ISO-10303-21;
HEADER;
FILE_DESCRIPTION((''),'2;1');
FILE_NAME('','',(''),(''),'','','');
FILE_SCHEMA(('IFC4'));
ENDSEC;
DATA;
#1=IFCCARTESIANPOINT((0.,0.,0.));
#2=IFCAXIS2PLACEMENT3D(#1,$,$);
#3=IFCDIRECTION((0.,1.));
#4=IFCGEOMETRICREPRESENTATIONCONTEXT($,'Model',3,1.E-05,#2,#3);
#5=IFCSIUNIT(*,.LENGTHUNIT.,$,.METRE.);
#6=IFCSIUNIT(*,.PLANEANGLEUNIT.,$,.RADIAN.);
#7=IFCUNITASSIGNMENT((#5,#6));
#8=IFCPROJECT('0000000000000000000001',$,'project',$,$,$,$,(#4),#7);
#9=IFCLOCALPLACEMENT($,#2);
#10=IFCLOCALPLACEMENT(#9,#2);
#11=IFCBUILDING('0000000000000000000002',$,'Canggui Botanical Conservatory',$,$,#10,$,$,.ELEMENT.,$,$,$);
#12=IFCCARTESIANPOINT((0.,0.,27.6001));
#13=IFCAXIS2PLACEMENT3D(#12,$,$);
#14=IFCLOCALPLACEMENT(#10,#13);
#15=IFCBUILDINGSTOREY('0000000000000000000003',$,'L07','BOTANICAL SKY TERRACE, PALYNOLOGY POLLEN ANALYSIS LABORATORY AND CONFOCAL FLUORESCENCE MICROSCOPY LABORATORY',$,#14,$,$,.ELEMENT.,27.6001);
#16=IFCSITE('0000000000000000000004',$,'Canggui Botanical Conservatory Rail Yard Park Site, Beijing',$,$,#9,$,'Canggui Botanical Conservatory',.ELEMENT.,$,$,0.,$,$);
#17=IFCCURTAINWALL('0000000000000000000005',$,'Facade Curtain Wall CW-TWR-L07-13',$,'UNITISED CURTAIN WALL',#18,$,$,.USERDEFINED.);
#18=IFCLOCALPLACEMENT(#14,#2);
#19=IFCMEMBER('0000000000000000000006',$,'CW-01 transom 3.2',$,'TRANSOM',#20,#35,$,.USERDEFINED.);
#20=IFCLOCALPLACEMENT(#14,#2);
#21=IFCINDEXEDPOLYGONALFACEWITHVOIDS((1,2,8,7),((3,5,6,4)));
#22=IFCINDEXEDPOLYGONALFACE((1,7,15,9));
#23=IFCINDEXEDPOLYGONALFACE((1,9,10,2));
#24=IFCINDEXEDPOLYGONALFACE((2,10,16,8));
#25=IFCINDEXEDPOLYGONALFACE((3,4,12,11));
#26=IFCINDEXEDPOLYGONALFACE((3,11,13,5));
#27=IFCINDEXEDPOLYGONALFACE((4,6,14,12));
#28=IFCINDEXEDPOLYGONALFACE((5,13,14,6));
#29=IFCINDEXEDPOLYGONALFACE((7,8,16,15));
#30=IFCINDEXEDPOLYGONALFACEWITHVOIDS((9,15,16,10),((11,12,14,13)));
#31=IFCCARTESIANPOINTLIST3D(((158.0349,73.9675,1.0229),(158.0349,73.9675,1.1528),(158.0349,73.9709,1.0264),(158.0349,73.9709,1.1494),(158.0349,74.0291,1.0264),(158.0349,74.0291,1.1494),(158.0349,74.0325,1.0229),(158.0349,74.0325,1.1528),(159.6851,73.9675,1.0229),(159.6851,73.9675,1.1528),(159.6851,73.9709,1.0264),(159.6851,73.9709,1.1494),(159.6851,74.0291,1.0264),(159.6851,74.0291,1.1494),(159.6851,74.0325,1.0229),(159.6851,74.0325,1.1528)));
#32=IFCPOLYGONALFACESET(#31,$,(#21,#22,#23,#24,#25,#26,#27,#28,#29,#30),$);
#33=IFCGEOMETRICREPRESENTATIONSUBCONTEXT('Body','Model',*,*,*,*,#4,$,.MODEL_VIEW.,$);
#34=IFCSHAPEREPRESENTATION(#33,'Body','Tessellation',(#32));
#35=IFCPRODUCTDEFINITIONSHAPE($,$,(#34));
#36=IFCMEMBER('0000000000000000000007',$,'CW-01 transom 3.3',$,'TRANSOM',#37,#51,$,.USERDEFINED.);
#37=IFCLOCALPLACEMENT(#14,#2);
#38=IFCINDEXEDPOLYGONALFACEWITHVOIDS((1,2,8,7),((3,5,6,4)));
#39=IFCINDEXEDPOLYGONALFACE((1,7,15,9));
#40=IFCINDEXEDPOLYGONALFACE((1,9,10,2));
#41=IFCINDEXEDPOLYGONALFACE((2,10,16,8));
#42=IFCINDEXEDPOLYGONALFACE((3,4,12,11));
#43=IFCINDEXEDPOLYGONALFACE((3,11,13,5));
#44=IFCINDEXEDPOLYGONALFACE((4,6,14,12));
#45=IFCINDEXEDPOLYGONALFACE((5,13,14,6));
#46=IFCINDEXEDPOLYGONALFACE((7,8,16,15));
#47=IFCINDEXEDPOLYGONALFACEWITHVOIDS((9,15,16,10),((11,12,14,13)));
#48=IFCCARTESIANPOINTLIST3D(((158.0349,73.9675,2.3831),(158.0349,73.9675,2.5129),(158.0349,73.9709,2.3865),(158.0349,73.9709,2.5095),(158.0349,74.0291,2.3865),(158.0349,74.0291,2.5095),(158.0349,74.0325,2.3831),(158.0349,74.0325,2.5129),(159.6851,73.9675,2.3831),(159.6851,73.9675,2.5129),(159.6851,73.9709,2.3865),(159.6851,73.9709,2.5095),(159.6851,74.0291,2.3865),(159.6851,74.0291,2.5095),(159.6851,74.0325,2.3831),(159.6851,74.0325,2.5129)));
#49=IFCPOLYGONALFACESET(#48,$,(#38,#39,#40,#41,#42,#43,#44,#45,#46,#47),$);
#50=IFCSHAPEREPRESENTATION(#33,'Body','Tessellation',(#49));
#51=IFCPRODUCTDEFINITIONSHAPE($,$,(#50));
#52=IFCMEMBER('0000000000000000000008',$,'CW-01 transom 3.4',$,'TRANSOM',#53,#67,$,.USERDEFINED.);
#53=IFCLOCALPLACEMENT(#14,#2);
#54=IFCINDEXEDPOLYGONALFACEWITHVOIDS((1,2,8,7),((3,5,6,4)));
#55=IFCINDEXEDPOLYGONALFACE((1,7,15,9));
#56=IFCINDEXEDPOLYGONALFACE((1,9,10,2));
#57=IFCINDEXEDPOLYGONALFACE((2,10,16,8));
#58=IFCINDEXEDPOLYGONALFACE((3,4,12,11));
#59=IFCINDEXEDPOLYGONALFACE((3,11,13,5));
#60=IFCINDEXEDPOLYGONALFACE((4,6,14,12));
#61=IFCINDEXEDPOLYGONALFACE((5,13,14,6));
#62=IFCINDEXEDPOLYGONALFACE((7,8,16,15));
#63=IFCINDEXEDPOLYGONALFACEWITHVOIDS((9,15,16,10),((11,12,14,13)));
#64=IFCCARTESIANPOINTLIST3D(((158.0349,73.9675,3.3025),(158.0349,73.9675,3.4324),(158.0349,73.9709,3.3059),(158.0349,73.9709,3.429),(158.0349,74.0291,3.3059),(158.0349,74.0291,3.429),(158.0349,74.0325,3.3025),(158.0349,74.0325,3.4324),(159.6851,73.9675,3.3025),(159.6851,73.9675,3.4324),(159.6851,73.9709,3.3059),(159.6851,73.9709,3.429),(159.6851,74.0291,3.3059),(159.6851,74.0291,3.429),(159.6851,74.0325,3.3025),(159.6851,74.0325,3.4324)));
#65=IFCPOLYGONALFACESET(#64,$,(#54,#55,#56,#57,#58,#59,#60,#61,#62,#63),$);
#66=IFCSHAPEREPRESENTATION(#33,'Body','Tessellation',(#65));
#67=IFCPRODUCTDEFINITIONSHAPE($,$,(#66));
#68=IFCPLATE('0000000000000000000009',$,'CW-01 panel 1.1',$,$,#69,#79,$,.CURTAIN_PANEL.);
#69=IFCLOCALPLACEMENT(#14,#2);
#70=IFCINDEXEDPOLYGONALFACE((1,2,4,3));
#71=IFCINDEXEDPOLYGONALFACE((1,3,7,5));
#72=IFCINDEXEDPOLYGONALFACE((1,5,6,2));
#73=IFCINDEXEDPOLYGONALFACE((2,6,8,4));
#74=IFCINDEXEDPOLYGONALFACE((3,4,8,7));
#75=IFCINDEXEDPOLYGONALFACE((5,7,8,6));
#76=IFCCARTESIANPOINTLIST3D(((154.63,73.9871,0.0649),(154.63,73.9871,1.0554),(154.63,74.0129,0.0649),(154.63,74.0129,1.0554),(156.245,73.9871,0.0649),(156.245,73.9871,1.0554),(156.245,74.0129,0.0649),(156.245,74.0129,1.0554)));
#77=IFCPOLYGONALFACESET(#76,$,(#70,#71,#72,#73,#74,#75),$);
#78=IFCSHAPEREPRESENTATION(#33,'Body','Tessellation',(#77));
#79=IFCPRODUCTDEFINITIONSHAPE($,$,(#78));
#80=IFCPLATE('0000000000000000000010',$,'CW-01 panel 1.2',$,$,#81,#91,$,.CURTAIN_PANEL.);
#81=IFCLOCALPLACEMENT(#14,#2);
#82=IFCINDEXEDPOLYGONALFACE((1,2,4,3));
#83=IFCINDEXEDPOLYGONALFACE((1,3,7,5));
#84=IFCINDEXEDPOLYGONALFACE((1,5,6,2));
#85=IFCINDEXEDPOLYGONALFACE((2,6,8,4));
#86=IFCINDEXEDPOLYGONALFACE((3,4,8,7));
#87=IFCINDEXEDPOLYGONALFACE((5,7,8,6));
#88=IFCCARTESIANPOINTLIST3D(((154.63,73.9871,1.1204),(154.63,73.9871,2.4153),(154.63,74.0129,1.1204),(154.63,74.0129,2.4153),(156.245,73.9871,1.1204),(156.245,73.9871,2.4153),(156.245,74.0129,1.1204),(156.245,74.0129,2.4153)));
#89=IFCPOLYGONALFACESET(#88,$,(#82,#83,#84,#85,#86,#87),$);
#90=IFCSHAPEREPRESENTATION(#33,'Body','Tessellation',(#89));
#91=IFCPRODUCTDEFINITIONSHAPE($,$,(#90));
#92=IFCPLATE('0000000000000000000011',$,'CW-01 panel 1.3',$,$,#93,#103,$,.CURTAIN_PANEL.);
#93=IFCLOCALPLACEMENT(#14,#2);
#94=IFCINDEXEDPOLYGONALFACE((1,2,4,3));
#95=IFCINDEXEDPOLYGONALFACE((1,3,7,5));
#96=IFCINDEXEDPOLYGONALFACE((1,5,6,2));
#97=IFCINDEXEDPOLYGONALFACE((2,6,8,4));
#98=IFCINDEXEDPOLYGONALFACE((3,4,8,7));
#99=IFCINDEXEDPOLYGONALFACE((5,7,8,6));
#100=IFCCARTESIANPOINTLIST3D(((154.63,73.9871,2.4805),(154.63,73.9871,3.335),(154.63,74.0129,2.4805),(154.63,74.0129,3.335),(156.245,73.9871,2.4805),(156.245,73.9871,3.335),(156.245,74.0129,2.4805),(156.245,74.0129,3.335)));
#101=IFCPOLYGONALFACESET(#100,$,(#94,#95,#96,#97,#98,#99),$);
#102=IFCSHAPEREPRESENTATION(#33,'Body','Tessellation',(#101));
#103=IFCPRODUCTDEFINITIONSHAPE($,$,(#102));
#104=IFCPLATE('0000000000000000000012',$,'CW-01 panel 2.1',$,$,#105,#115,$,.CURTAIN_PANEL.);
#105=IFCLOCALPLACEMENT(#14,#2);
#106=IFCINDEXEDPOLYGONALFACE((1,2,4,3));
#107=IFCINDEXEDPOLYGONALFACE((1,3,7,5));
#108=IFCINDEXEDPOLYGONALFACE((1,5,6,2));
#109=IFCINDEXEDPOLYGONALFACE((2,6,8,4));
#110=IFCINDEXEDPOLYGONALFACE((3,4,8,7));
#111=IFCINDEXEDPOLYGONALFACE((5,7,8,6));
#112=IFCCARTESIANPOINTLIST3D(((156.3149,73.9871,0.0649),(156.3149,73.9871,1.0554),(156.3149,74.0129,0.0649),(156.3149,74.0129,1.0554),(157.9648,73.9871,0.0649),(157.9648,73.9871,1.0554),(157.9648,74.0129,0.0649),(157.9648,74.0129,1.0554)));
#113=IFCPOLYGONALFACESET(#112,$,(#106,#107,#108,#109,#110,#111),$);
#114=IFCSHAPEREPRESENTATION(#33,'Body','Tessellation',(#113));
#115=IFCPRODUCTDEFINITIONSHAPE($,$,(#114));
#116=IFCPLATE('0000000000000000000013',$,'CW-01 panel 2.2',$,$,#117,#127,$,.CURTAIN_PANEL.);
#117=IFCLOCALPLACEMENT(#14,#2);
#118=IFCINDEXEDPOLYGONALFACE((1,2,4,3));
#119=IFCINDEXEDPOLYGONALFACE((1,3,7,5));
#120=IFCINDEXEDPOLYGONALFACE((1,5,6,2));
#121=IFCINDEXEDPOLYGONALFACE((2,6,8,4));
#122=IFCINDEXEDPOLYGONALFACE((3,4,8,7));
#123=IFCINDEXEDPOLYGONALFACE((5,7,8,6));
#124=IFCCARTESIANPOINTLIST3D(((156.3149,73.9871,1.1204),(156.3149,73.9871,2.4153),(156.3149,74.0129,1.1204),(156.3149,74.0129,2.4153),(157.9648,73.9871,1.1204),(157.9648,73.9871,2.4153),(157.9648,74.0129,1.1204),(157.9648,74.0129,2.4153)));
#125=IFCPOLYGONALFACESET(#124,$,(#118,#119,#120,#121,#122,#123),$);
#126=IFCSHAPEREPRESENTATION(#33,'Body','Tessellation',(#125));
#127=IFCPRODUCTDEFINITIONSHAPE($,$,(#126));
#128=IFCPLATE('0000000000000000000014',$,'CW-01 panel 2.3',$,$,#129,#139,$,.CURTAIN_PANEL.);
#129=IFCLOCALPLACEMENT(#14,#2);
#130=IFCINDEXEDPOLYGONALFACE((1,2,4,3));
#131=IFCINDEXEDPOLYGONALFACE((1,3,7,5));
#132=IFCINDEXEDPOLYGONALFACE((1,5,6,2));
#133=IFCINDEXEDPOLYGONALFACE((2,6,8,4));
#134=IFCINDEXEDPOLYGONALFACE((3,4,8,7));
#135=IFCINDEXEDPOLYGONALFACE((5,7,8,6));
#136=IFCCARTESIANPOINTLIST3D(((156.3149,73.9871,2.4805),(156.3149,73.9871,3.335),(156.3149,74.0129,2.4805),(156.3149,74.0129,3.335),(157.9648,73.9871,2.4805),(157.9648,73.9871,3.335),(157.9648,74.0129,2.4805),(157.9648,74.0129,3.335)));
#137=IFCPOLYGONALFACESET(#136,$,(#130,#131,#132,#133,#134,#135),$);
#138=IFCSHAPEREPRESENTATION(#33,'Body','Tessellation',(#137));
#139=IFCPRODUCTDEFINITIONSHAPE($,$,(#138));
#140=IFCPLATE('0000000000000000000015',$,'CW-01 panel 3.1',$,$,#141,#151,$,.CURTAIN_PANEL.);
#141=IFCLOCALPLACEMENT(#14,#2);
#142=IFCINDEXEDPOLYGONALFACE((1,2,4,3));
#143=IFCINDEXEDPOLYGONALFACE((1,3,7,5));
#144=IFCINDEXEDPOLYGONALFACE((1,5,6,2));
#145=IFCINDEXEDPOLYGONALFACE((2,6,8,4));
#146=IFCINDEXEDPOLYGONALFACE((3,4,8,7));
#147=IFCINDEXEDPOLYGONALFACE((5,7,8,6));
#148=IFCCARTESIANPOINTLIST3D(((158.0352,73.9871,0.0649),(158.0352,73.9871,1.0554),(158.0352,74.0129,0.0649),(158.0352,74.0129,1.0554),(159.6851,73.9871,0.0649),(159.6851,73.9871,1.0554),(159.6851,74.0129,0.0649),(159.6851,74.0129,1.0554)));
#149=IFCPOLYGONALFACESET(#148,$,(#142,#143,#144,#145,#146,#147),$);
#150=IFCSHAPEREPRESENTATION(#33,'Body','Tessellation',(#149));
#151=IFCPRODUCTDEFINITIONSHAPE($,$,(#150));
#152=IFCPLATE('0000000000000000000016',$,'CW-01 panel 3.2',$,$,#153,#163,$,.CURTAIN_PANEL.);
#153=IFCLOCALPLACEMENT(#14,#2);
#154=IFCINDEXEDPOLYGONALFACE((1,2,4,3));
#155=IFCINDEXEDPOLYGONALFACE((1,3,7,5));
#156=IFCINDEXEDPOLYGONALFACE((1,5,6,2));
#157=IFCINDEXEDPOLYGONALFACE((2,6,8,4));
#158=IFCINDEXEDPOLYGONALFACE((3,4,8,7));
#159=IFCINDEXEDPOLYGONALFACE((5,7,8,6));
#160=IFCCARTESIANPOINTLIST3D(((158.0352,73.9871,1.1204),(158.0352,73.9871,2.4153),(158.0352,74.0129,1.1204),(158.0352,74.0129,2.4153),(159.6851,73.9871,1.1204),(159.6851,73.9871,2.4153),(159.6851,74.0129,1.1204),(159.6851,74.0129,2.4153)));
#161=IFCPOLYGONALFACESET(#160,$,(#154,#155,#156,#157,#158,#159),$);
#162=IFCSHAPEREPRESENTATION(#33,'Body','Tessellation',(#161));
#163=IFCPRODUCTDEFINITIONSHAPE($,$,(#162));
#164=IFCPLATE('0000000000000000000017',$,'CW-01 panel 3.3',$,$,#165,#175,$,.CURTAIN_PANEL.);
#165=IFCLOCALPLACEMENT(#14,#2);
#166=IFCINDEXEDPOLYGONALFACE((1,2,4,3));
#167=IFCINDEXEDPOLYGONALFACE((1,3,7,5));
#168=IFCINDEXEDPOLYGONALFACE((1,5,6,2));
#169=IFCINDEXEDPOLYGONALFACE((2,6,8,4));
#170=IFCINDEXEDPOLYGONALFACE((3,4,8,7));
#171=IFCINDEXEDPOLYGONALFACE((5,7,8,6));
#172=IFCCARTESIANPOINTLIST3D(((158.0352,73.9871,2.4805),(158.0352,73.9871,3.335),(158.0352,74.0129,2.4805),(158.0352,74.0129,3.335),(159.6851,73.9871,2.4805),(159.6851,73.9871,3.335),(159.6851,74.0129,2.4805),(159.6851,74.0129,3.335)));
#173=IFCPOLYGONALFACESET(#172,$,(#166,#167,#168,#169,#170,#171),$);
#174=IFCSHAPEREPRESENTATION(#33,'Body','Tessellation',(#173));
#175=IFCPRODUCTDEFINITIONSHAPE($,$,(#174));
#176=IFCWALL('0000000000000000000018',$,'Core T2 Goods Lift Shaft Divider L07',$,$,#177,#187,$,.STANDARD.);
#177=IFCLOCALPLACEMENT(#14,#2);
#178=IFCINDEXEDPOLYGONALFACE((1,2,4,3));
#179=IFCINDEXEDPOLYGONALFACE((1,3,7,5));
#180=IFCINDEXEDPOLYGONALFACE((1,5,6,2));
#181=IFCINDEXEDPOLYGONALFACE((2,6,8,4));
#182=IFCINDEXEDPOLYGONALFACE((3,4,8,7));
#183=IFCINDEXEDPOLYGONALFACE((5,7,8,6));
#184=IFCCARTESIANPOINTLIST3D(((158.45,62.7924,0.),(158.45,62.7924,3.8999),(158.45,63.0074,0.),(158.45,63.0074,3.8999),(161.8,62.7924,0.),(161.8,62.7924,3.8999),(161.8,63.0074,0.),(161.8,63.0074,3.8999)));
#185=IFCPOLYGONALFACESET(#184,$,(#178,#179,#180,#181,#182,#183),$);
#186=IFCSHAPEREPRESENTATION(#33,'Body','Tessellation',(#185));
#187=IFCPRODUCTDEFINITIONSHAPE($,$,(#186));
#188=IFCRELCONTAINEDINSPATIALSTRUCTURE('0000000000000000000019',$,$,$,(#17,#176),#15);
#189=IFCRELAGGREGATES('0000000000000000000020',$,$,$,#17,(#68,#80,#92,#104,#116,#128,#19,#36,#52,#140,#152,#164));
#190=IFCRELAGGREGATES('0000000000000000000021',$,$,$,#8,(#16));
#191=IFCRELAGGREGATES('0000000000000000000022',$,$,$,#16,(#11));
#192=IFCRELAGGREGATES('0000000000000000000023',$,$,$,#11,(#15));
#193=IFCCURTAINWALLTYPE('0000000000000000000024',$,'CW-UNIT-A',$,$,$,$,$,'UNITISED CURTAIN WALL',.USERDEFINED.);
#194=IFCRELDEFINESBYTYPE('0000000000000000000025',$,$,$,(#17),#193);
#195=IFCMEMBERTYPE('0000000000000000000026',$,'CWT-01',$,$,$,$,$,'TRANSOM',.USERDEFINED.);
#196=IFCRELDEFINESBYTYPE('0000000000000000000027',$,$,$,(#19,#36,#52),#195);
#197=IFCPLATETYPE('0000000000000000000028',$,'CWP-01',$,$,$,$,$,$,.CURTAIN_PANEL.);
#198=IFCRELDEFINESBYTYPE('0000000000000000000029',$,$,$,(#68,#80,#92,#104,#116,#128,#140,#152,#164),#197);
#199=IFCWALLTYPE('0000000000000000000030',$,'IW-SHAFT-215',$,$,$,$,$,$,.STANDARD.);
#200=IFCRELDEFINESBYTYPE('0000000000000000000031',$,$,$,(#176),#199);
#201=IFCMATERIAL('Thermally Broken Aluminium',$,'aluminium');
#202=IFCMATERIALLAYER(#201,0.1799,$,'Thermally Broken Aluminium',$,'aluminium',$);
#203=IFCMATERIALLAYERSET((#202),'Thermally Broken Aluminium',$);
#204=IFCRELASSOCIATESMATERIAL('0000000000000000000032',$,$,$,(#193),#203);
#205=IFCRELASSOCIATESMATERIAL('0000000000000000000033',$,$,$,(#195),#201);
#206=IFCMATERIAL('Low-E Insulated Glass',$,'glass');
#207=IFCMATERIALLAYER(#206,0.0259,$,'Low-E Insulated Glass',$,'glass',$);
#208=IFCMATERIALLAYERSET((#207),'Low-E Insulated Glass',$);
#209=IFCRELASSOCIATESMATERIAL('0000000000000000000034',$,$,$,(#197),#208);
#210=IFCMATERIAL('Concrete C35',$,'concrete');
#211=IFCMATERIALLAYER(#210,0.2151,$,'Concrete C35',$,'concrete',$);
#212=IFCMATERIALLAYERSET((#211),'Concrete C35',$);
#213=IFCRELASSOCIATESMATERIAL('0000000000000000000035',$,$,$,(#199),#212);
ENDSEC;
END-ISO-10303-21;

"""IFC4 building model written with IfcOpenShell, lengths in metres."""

from ifc_helpers import new_model, si_unit, direction, frame, frame_2d, origin, origin_2d, place, context, subcontext, project, spatial, rectangle, hollow_rectangle, extrude, material, layer, layer_set, material_profile, profile_set, type_object, element, aggregate, save


model = new_model("IFC4")

# Units and contexts
model_context = context("Model", 3, precision=1e-05, world=origin(), true_north=direction((0.0, 1.0)))
body_context = subcontext(model_context, "Body", "Model", "MODEL_VIEW")
ifc_project = project(units=[si_unit("LENGTHUNIT", "METRE"), si_unit("PLANEANGLEUNIT", "RADIAN")], contexts=[model_context])

# Site, building, storey
site_placement = place(None, origin())
site = spatial("IfcSite", under=ifc_project, at=site_placement, Name="Canggui Botanical Conservatory Rail Yard Park Site, Beijing", LongName="Canggui Botanical Conservatory", CompositionType="ELEMENT", RefElevation=0.0)
building_placement = place(site_placement, origin())
building = spatial("IfcBuilding", under=site, at=building_placement, Name="Canggui Botanical Conservatory", CompositionType="ELEMENT")
storey_placement = place(building_placement, frame((0.0, 0.0, 27.6001)))
storey = spatial("IfcBuildingStorey", under=building, at=storey_placement, Name="L07", Description="BOTANICAL SKY TERRACE, PALYNOLOGY POLLEN ANALYSIS LABORATORY AND CONFOCAL FLUORESCENCE MICROSCOPY LABORATORY", CompositionType="ELEMENT", Elevation=27.6001)

# Curtain wall, members, plates
ifc_material_1 = material(Name="Thermally Broken Aluminium", Category="aluminium")
ifc_layer_1 = layer(ifc_material_1, 0.1799, Name="Thermally Broken Aluminium", Category="aluminium")
ifc_layer_set_1 = layer_set([ifc_layer_1], Name="Thermally Broken Aluminium")
curtain_wall_type = type_object("IfcCurtainWallType", Name="CW-UNIT-A", ElementType="UNITISED CURTAIN WALL", PredefinedType="USERDEFINED", material=ifc_layer_set_1)
curtain_wall_placement = place(storey_placement, origin())
curtain_wall = element("IfcCurtainWall", 1, at=curtain_wall_placement, inside=storey, type_object=curtain_wall_type, Name="Facade Curtain Wall CW-TWR-L07-13", ObjectType="UNITISED CURTAIN WALL", PredefinedType="USERDEFINED")
ifc_material_profile_1 = material_profile(ifc_material_1, hollow_rectangle(XDim=0.0649, YDim=0.1299, WallThickness=0.0034, at=origin_2d()), Name="CWT 65x130x3.5")
ifc_profile_set_1 = profile_set([ifc_material_profile_1], Name="Thermally Broken Aluminium")
member_type_1 = type_object("IfcMemberType", Name="CWT-01", ElementType="TRANSOM", PredefinedType="USERDEFINED", material=ifc_profile_set_1)
member_1_placement = place(storey_placement, frame((158.0349, 74.0, 1.0879), z_axis=(1.0, 0.0, 0.0), x_axis=(0.0, 1.0, 0.0)))
member_1 = element("IfcMember", 2, at=member_1_placement, type_object=member_type_1, Name="CW-01 transom 3.2", ObjectType="TRANSOM", PredefinedType="USERDEFINED", context=body_context, shape_type="SweptSolid", body=[
    extrude(hollow_rectangle(XDim=0.0649, YDim=0.1299, WallThickness=0.0034, at=origin_2d()), origin(), (0.0, 0.0, 1.0), 1.6501),
])
member_2_placement = place(storey_placement, frame((158.0349, 74.0, 2.448), z_axis=(1.0, 0.0, 0.0), x_axis=(0.0, 1.0, 0.0)))
member_2 = element("IfcMember", 3, at=member_2_placement, type_object=member_type_1, Name="CW-01 transom 3.3", ObjectType="TRANSOM", PredefinedType="USERDEFINED", context=body_context, shape_type="SweptSolid", body=[
    extrude(hollow_rectangle(XDim=0.0649, YDim=0.1299, WallThickness=0.0034, at=origin_2d()), origin(), (0.0, 0.0, 1.0), 1.6501),
])
member_3_placement = place(storey_placement, frame((158.0349, 74.0, 3.3674), z_axis=(1.0, 0.0, 0.0), x_axis=(0.0, 1.0, 0.0)))
member_3 = element("IfcMember", 4, at=member_3_placement, type_object=member_type_1, Name="CW-01 transom 3.4", ObjectType="TRANSOM", PredefinedType="USERDEFINED", context=body_context, shape_type="SweptSolid", body=[
    extrude(hollow_rectangle(XDim=0.0649, YDim=0.1299, WallThickness=0.0034, at=origin_2d()), origin(), (0.0, 0.0, 1.0), 1.6501),
])
ifc_material_2 = material(Name="Low-E Insulated Glass", Category="glass")
ifc_layer_2 = layer(ifc_material_2, 0.0259, Name="Low-E Insulated Glass", Category="glass")
ifc_layer_set_2 = layer_set([ifc_layer_2], Name="Low-E Insulated Glass")
plate_type = type_object("IfcPlateType", Name="CWP-01", PredefinedType="CURTAIN_PANEL", material=ifc_layer_set_2)
plate_1_placement = place(storey_placement, frame((155.4375, 74.0, 0.0649), z_axis=(0.0, 0.0, 1.0), x_axis=(1.0, 0.0, 0.0)))
plate_1 = element("IfcPlate", 5, at=plate_1_placement, type_object=plate_type, Name="CW-01 panel 1.1", PredefinedType="CURTAIN_PANEL", context=body_context, shape_type="SweptSolid", body=[
    extrude(rectangle(XDim=1.615, YDim=0.0259, at=origin_2d()), origin(), (0.0, 0.0, 1.0), 0.9905),
])
plate_2_placement = place(storey_placement, frame((155.4375, 74.0, 1.1204), z_axis=(0.0, 0.0, 1.0), x_axis=(1.0, 0.0, 0.0)))
plate_2 = element("IfcPlate", 6, at=plate_2_placement, type_object=plate_type, Name="CW-01 panel 1.2", PredefinedType="CURTAIN_PANEL", context=body_context, shape_type="SweptSolid", body=[
    extrude(rectangle(XDim=1.615, YDim=0.0259, at=origin_2d()), origin(), (0.0, 0.0, 1.0), 1.2949),
])
plate_3_placement = place(storey_placement, frame((155.4375, 74.0, 2.4805), z_axis=(0.0, 0.0, 1.0), x_axis=(1.0, 0.0, 0.0)))
plate_3 = element("IfcPlate", 7, at=plate_3_placement, type_object=plate_type, Name="CW-01 panel 1.3", PredefinedType="CURTAIN_PANEL", context=body_context, shape_type="SweptSolid", body=[
    extrude(rectangle(XDim=1.615, YDim=0.0259, at=origin_2d()), origin(), (0.0, 0.0, 1.0), 0.8545),
])
plate_4_placement = place(storey_placement, frame((157.1399, 74.0, 0.0649), z_axis=(0.0, 0.0, 1.0), x_axis=(1.0, 0.0, 0.0)))
plate_4 = element("IfcPlate", 8, at=plate_4_placement, type_object=plate_type, Name="CW-01 panel 2.1", PredefinedType="CURTAIN_PANEL", context=body_context, shape_type="SweptSolid", body=[
    extrude(rectangle(XDim=1.6499, YDim=0.0259, at=origin_2d()), origin(), (0.0, 0.0, 1.0), 0.9905),
])
plate_5_placement = place(storey_placement, frame((157.1399, 74.0, 1.1204), z_axis=(0.0, 0.0, 1.0), x_axis=(1.0, 0.0, 0.0)))
plate_5 = element("IfcPlate", 9, at=plate_5_placement, type_object=plate_type, Name="CW-01 panel 2.2", PredefinedType="CURTAIN_PANEL", context=body_context, shape_type="SweptSolid", body=[
    extrude(rectangle(XDim=1.6499, YDim=0.0259, at=origin_2d()), origin(), (0.0, 0.0, 1.0), 1.2949),
])
plate_6_placement = place(storey_placement, frame((157.1399, 74.0, 2.4805), z_axis=(0.0, 0.0, 1.0), x_axis=(1.0, 0.0, 0.0)))
plate_6 = element("IfcPlate", 10, at=plate_6_placement, type_object=plate_type, Name="CW-01 panel 2.3", PredefinedType="CURTAIN_PANEL", context=body_context, shape_type="SweptSolid", body=[
    extrude(rectangle(XDim=1.6499, YDim=0.0259, at=origin_2d()), origin(), (0.0, 0.0, 1.0), 0.8545),
])
plate_7_placement = place(storey_placement, frame((158.8601, 74.0, 0.0649), z_axis=(0.0, 0.0, 1.0), x_axis=(1.0, 0.0, 0.0)))
plate_7 = element("IfcPlate", 11, at=plate_7_placement, type_object=plate_type, Name="CW-01 panel 3.1", PredefinedType="CURTAIN_PANEL", context=body_context, shape_type="SweptSolid", body=[
    extrude(rectangle(XDim=1.6499, YDim=0.0259, at=origin_2d()), origin(), (0.0, 0.0, 1.0), 0.9905),
])
plate_8_placement = place(storey_placement, frame((158.8601, 74.0, 1.1204), z_axis=(0.0, 0.0, 1.0), x_axis=(1.0, 0.0, 0.0)))
plate_8 = element("IfcPlate", 12, at=plate_8_placement, type_object=plate_type, Name="CW-01 panel 3.2", PredefinedType="CURTAIN_PANEL", context=body_context, shape_type="SweptSolid", body=[
    extrude(rectangle(XDim=1.6499, YDim=0.0259, at=origin_2d()), origin(), (0.0, 0.0, 1.0), 1.2949),
])
plate_9_placement = place(storey_placement, frame((158.8601, 74.0, 2.4805), z_axis=(0.0, 0.0, 1.0), x_axis=(1.0, 0.0, 0.0)))
plate_9 = element("IfcPlate", 13, at=plate_9_placement, type_object=plate_type, Name="CW-01 panel 3.3", PredefinedType="CURTAIN_PANEL", context=body_context, shape_type="SweptSolid", body=[
    extrude(rectangle(XDim=1.6499, YDim=0.0259, at=origin_2d()), origin(), (0.0, 0.0, 1.0), 0.8545),
])
aggregate(curtain_wall, [plate_1, plate_2, plate_3, plate_4, plate_5, plate_6, member_1, member_2, member_3, plate_7, plate_8, plate_9])

# Wall
ifc_material_3 = material(Name="Concrete C35", Category="concrete")
ifc_layer_3 = layer(ifc_material_3, 0.2151, Name="Concrete C35", Category="concrete")
ifc_layer_set_3 = layer_set([ifc_layer_3], Name="Concrete C35")
wall_type = type_object("IfcWallType", Name="IW-SHAFT-215", PredefinedType="STANDARD", material=ifc_layer_set_3)
wall_1_placement = place(storey_placement, frame((158.45, 62.8999, 0.0), z_axis=(0.0, 0.0, 1.0), x_axis=(1.0, 0.0, 0.0)))
element("IfcWall", 14, at=wall_1_placement, inside=storey, type_object=wall_type, Name="Core T2 Goods Lift Shaft Divider L07", PredefinedType="STANDARD", context=body_context, shape_type="SweptSolid", body=[
    extrude(rectangle(XDim=3.3501, YDim=0.2151, at=frame_2d((1.675, 0.0))), origin(), (0.0, 0.0, 1.0), 3.8999),
])

save(model, "model.ifc")
